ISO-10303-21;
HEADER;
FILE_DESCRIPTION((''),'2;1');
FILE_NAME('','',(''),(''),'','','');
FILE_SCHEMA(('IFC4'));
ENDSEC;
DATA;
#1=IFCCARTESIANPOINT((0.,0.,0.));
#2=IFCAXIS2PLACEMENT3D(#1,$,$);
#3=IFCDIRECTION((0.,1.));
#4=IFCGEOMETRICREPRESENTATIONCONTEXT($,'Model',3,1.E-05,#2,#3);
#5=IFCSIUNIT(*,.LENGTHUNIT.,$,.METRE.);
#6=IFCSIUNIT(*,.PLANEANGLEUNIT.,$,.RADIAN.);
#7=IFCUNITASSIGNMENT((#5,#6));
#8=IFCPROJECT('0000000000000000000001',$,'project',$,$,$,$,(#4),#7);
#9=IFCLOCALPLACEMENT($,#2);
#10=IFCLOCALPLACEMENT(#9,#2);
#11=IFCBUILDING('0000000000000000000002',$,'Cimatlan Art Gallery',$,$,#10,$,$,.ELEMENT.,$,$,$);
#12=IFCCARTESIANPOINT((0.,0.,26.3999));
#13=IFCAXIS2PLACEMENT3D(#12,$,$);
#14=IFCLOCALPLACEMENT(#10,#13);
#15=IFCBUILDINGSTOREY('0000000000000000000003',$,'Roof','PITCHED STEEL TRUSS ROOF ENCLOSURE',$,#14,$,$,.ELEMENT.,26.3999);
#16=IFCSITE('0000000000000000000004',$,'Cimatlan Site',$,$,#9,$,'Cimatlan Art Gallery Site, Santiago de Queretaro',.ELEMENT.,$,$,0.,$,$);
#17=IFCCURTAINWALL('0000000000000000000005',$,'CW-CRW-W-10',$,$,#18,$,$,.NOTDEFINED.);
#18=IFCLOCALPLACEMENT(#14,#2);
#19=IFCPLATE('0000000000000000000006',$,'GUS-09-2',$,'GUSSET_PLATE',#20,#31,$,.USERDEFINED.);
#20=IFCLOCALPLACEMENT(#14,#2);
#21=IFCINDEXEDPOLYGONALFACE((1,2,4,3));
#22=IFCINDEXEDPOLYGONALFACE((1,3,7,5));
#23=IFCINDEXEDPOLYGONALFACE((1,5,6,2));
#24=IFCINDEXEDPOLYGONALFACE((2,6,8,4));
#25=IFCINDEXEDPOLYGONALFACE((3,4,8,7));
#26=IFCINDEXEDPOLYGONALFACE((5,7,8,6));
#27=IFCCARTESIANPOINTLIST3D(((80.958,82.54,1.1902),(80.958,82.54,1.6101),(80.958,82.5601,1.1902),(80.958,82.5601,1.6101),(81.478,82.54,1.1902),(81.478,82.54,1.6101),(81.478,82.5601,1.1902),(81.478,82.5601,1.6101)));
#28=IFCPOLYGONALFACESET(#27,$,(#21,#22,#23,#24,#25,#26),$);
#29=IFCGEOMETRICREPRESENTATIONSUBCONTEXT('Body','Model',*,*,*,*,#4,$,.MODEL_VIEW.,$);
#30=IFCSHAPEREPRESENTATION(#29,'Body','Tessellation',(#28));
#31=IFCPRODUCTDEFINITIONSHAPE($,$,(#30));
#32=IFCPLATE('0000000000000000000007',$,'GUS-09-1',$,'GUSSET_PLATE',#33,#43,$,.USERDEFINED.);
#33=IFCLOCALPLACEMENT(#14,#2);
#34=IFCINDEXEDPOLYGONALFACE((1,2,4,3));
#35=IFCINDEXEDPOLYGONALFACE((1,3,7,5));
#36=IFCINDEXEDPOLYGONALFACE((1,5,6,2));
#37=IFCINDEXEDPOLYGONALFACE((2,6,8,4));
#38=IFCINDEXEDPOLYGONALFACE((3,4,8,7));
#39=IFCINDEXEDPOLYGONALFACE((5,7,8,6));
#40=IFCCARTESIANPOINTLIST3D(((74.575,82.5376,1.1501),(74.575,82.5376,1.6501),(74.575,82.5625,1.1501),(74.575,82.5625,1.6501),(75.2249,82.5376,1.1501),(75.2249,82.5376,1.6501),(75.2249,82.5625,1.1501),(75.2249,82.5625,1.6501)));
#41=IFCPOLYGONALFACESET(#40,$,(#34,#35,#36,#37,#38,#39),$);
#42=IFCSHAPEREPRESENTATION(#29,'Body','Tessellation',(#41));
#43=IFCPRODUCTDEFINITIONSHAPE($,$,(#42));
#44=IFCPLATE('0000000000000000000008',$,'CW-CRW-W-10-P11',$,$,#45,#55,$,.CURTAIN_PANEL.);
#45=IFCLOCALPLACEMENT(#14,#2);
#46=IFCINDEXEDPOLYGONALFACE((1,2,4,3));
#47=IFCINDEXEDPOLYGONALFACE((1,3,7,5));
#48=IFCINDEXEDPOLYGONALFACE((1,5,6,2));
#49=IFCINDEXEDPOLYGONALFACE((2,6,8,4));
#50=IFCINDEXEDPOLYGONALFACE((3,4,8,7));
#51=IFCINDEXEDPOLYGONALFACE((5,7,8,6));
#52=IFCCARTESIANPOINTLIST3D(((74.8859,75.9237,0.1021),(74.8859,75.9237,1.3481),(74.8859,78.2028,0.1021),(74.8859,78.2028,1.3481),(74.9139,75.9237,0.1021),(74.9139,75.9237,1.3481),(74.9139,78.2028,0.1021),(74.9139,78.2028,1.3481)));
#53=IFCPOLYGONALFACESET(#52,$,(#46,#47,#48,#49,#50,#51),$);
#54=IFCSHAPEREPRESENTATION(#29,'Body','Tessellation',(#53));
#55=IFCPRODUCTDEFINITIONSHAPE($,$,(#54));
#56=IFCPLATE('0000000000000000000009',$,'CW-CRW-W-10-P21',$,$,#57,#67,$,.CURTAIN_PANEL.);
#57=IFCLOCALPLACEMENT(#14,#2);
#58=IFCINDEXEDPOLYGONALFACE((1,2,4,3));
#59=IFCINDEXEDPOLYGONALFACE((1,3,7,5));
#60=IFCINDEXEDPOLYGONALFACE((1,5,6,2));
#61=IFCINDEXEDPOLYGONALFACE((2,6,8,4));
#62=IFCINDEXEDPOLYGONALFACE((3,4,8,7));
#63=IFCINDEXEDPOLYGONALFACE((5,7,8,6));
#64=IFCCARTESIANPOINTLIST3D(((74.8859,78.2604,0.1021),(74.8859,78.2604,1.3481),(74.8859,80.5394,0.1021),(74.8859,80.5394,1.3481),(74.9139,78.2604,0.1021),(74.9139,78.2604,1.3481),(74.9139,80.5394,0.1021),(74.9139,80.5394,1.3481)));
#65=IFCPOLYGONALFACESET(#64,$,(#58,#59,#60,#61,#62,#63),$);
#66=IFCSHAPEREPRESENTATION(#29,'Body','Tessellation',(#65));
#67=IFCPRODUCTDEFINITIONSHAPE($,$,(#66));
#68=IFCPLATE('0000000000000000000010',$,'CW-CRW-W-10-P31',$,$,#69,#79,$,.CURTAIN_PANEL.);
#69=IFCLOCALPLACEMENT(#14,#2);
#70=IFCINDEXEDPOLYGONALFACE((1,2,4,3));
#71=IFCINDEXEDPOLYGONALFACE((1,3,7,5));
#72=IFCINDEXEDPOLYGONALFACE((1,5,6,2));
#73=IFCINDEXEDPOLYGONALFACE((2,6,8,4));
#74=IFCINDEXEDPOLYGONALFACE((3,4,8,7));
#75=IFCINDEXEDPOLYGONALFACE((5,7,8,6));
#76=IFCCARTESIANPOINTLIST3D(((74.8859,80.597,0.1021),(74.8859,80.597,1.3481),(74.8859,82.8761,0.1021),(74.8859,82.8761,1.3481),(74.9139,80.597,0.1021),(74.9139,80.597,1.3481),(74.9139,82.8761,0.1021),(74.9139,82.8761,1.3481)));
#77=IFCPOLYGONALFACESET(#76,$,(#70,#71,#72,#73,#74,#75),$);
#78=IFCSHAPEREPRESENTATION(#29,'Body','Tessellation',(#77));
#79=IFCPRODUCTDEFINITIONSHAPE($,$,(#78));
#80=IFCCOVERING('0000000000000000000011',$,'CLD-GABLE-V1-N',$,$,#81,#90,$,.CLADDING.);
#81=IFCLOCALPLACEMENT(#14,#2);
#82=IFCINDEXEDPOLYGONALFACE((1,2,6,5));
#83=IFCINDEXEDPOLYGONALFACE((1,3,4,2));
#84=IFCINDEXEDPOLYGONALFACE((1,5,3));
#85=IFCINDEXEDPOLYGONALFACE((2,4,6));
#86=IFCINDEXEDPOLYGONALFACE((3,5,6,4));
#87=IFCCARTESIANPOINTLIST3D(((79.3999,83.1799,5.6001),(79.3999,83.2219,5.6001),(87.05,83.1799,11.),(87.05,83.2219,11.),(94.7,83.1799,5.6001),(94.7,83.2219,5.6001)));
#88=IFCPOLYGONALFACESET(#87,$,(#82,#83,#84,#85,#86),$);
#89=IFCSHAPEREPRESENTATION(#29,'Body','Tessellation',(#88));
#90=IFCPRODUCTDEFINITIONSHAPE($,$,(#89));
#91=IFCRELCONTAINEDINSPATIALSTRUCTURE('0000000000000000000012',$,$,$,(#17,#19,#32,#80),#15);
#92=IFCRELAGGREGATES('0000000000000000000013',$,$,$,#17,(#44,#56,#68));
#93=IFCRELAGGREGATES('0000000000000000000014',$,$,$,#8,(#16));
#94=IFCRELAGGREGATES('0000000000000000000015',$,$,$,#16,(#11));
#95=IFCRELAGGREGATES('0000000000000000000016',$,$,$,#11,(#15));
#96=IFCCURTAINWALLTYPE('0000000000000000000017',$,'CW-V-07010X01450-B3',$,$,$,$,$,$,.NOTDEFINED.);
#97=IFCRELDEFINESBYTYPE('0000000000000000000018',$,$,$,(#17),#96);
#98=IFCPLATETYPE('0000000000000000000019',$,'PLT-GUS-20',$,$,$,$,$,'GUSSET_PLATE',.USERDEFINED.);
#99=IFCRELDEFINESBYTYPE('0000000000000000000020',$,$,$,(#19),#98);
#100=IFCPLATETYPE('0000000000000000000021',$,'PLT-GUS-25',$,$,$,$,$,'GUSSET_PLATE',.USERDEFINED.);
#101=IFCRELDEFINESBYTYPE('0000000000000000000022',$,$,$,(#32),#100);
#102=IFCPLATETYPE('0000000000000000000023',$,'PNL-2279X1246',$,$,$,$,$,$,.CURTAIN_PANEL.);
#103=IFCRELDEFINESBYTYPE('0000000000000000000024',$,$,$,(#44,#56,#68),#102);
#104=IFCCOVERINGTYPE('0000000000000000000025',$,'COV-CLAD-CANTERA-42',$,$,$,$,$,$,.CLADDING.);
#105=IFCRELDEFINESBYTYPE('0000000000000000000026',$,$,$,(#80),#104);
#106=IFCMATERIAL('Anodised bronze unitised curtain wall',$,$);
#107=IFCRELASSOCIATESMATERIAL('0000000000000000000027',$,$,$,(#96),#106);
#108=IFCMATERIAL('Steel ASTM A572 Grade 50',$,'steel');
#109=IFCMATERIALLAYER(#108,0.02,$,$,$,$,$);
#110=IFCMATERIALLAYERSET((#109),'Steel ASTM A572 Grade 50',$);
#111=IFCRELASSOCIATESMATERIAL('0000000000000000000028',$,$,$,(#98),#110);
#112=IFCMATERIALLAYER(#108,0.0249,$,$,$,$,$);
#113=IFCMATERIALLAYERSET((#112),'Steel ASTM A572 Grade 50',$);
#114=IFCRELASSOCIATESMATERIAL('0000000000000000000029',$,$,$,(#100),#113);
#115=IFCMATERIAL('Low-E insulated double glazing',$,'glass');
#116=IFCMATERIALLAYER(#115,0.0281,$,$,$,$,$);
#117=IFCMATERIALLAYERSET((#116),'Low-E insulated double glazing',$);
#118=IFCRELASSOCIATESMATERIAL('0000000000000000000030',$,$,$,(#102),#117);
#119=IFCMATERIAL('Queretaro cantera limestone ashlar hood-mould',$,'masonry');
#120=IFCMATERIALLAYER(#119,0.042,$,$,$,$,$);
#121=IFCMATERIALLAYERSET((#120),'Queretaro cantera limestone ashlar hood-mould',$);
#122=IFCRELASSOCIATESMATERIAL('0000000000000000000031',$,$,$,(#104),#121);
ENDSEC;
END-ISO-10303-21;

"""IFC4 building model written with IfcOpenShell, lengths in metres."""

from ifc_helpers import new_model, si_unit, direction, frame, origin, origin_2d, place, context, subcontext, project, spatial, polyline, rectangle, outline, extrude, material, layer, layer_set, type_object, element, aggregate, save


model = new_model("IFC4")

# Units and contexts
model_context = context("Model", 3, precision=1e-05, world=origin(), true_north=direction((0.0, 1.0)))
body_context = subcontext(model_context, "Body", "Model", "MODEL_VIEW")
ifc_project = project(units=[si_unit("LENGTHUNIT", "METRE"), si_unit("PLANEANGLEUNIT", "RADIAN")], contexts=[model_context])

# Site, building, storey
site_placement = place(None, origin())
site = spatial("IfcSite", under=ifc_project, at=site_placement, Name="Cimatlan Site", LongName="Cimatlan Art Gallery Site, Santiago de Queretaro", CompositionType="ELEMENT", RefElevation=0.0)
building_placement = place(site_placement, origin())
building = spatial("IfcBuilding", under=site, at=building_placement, Name="Cimatlan Art Gallery", CompositionType="ELEMENT")
storey_placement = place(building_placement, frame((0.0, 0.0, 26.3999)))
storey = spatial("IfcBuildingStorey", under=building, at=storey_placement, Name="Roof", Description="PITCHED STEEL TRUSS ROOF ENCLOSURE", CompositionType="ELEMENT", Elevation=26.3999)

# Curtain wall
ifc_material_1 = material(Name="Anodised bronze unitised curtain wall")
curtain_wall_type = type_object("IfcCurtainWallType", Name="CW-V-07010X01450-B3", PredefinedType="NOTDEFINED", material=ifc_material_1)
curtain_wall_placement = place(storey_placement, origin())
curtain_wall = element("IfcCurtainWall", 1, at=curtain_wall_placement, inside=storey, type_object=curtain_wall_type, Name="CW-CRW-W-10", PredefinedType="NOTDEFINED")

# Plates
ifc_material_2 = material(Name="Steel ASTM A572 Grade 50", Category="steel")
ifc_layer_1 = layer(ifc_material_2, 0.02)
ifc_layer_set_1 = layer_set([ifc_layer_1], Name="Steel ASTM A572 Grade 50")
plate_type_1 = type_object("IfcPlateType", Name="PLT-GUS-20", ElementType="GUSSET_PLATE", PredefinedType="USERDEFINED", material=ifc_layer_set_1)
for number, where, z_axis, x_axis, name in (
    (2, (81.218, 82.55, 1.1902), (0.0, 0.0, 1.0), (1.0, 0.0, 0.0), "GUS-09-2"),
):
    element("IfcPlate", number, at=place(storey_placement, frame(where, z_axis=z_axis, x_axis=x_axis)), inside=storey, type_object=plate_type_1, Name=name, ObjectType="GUSSET_PLATE", PredefinedType="USERDEFINED", context=body_context, shape_type="SweptSolid", body=[
        extrude(rectangle(XDim=0.52, YDim=0.02, at=origin_2d()), origin(), (0.0, 0.0, 1.0), 0.4199),
    ])
ifc_layer_2 = layer(ifc_material_2, 0.0249)
ifc_layer_set_2 = layer_set([ifc_layer_2], Name="Steel ASTM A572 Grade 50")
plate_type_2 = type_object("IfcPlateType", Name="PLT-GUS-25", ElementType="GUSSET_PLATE", PredefinedType="USERDEFINED", material=ifc_layer_set_2)
plate_1_placement = place(storey_placement, frame((74.8999, 82.55, 1.1501), z_axis=(0.0, 0.0, 1.0), x_axis=(1.0, 0.0, 0.0)))
element("IfcPlate", 3, at=plate_1_placement, inside=storey, type_object=plate_type_2, Name="GUS-09-1", ObjectType="GUSSET_PLATE", PredefinedType="USERDEFINED", context=body_context, shape_type="SweptSolid", body=[
    extrude(rectangle(XDim=0.6499, YDim=0.0249, at=origin_2d()), origin(), (0.0, 0.0, 1.0), 0.5),
])

# Plates
ifc_material_3 = material(Name="Low-E insulated double glazing", Category="glass")
ifc_layer_3 = layer(ifc_material_3, 0.0281)
ifc_layer_set_3 = layer_set([ifc_layer_3], Name="Low-E insulated double glazing")
plate_type_3 = type_object("IfcPlateType", Name="PNL-2279X1246", PredefinedType="CURTAIN_PANEL", material=ifc_layer_set_3)
plate_2_placement = place(storey_placement, frame((74.8999, 77.0632, 0.1021), z_axis=(0.0, 0.0, 1.0), x_axis=(0.0, 1.0, 0.0)))
plate_2 = element("IfcPlate", 4, at=plate_2_placement, type_object=plate_type_3, Name="CW-CRW-W-10-P11", PredefinedType="CURTAIN_PANEL", context=body_context, shape_type="SweptSolid", body=[
    extrude(rectangle(XDim=2.2791, YDim=0.0281, at=origin_2d()), origin(), (0.0, 0.0, 1.0), 1.2461),
])
plate_3_placement = place(storey_placement, frame((74.8999, 79.3999, 0.1021), z_axis=(0.0, 0.0, 1.0), x_axis=(0.0, 1.0, 0.0)))
plate_3 = element("IfcPlate", 5, at=plate_3_placement, type_object=plate_type_3, Name="CW-CRW-W-10-P21", PredefinedType="CURTAIN_PANEL", context=body_context, shape_type="SweptSolid", body=[
    extrude(rectangle(XDim=2.2791, YDim=0.0281, at=origin_2d()), origin(), (0.0, 0.0, 1.0), 1.2461),
])
plate_4_placement = place(storey_placement, frame((74.8999, 81.7366, 0.1021), z_axis=(0.0, 0.0, 1.0), x_axis=(0.0, 1.0, 0.0)))
plate_4 = element("IfcPlate", 6, at=plate_4_placement, type_object=plate_type_3, Name="CW-CRW-W-10-P31", PredefinedType="CURTAIN_PANEL", context=body_context, shape_type="SweptSolid", body=[
    extrude(rectangle(XDim=2.2791, YDim=0.0281, at=origin_2d()), origin(), (0.0, 0.0, 1.0), 1.2461),
])
aggregate(curtain_wall, [plate_2, plate_3, plate_4])

# Covering
ifc_material_4 = material(Name="Queretaro cantera limestone ashlar hood-mould", Category="masonry")
ifc_layer_4 = layer(ifc_material_4, 0.042)
ifc_layer_set_4 = layer_set([ifc_layer_4], Name="Queretaro cantera limestone ashlar hood-mould")
covering_type = type_object("IfcCoveringType", Name="COV-CLAD-CANTERA-42", PredefinedType="CLADDING", material=ifc_layer_set_4)
covering_placement = place(storey_placement, frame((79.3999, 83.1799, 5.6001), z_axis=(0.0, -1.0, 0.0), x_axis=(1.0, 0.0, 0.0)))
element("IfcCovering", 7, at=covering_placement, inside=storey, type_object=covering_type, Name="CLD-GABLE-V1-N", PredefinedType="CLADDING", context=body_context, shape_type="SweptSolid", body=[
    extrude(outline(polyline([(0.0, 0.0), (15.3, 0.0), (7.6501, 5.3999), (0.0, 0.0)])), origin(), (0.0, 0.0, -1.0), 0.042),
])

save(model, "model.ifc")
